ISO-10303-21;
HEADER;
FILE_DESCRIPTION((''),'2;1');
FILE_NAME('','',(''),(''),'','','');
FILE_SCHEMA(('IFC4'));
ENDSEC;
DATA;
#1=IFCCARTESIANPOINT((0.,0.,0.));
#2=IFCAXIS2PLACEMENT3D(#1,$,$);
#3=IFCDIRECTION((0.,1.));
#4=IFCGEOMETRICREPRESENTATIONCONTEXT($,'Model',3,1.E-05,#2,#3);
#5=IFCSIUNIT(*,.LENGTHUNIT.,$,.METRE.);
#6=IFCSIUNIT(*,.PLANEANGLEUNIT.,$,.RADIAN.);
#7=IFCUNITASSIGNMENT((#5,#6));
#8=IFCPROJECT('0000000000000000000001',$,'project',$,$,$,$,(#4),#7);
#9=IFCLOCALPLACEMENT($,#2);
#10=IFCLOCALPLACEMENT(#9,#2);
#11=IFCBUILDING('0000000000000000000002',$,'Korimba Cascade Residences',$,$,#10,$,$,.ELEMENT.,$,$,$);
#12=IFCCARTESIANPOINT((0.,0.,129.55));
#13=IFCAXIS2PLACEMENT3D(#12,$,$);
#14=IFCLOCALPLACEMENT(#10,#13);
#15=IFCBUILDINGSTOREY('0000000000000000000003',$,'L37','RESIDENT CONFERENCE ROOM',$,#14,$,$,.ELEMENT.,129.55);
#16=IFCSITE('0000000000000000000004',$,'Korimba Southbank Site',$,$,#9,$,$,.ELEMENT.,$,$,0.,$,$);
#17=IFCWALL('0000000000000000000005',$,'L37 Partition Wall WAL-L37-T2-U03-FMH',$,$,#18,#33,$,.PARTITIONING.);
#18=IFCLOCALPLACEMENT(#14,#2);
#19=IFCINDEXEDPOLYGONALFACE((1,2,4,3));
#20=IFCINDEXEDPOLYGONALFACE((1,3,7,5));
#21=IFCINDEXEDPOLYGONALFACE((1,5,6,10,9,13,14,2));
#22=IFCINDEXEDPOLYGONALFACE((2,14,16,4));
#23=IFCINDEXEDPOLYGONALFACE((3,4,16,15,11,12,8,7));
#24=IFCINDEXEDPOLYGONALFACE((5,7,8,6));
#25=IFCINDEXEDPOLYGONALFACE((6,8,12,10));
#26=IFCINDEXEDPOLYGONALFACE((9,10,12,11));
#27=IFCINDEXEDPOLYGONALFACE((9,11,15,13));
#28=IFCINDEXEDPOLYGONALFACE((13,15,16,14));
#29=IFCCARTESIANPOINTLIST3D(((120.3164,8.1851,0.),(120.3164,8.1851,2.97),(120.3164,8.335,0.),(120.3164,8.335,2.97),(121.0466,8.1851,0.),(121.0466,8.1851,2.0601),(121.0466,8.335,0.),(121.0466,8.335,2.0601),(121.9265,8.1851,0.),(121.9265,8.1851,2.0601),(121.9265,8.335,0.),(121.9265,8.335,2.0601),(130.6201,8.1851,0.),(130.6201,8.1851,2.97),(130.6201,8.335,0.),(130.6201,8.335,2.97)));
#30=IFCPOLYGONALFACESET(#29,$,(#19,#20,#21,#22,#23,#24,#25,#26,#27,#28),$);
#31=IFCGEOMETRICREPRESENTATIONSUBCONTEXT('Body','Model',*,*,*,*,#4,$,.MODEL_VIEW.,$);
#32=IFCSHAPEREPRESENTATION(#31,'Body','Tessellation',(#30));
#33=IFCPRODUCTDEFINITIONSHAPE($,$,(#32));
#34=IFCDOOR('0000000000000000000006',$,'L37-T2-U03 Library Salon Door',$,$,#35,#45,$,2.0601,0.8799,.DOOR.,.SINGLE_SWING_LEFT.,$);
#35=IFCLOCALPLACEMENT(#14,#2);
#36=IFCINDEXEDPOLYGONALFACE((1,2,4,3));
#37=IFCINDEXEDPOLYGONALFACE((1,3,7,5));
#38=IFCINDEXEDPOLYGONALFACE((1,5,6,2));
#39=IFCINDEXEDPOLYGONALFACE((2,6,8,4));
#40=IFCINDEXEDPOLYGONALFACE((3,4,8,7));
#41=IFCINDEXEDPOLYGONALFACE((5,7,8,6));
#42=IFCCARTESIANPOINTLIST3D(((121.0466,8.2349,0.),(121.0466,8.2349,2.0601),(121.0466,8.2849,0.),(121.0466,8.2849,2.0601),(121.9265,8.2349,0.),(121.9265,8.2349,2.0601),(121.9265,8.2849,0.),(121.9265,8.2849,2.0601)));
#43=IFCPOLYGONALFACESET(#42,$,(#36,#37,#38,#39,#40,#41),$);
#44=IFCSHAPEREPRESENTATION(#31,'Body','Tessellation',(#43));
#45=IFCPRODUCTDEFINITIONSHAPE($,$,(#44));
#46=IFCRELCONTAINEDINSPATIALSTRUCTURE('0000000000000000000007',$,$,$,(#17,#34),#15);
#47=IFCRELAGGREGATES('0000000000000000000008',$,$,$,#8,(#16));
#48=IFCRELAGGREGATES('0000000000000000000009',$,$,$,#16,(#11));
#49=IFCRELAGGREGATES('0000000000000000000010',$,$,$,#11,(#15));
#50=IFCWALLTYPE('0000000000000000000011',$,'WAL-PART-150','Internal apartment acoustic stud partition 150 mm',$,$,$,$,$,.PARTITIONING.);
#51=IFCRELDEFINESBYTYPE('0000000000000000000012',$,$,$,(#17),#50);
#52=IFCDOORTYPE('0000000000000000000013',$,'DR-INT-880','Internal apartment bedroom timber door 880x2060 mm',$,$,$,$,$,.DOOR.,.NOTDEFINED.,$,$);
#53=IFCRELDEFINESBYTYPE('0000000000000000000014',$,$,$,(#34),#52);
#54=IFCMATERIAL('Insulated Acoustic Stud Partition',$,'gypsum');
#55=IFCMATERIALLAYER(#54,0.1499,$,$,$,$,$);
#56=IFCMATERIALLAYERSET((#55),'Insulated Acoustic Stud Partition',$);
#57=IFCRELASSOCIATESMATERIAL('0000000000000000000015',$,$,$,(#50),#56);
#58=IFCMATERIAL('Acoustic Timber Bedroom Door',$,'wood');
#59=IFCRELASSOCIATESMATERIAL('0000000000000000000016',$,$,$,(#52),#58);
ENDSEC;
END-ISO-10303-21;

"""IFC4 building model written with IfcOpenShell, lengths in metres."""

from ifc_helpers import new_model, si_unit, direction, frame, frame_2d, origin, place, context, subcontext, project, spatial, rectangle, extrude, material, layer, layer_set, type_object, element, fill, save


model = new_model("IFC4")

# Units and contexts
model_context = context("Model", 3, precision=1e-05, world=origin(), true_north=direction((0.0, 1.0)))
body_context = subcontext(model_context, "Body", "Model", "MODEL_VIEW")
ifc_project = project(units=[si_unit("LENGTHUNIT", "METRE"), si_unit("PLANEANGLEUNIT", "RADIAN")], contexts=[model_context])

# Site, building, storey
site_placement = place(None, origin())
site = spatial("IfcSite", under=ifc_project, at=site_placement, Name="Korimba Southbank Site", CompositionType="ELEMENT", RefElevation=0.0)
building_placement = place(site_placement, origin())
building = spatial("IfcBuilding", under=site, at=building_placement, Name="Korimba Cascade Residences", CompositionType="ELEMENT")
storey_placement = place(building_placement, frame((0.0, 0.0, 129.55)))
storey = spatial("IfcBuildingStorey", under=building, at=storey_placement, Name="L37", Description="RESIDENT CONFERENCE ROOM", CompositionType="ELEMENT", Elevation=129.55)

# Wall, opening, door
ifc_material_1 = material(Name="Insulated Acoustic Stud Partition", Category="gypsum")
ifc_layer_1 = layer(ifc_material_1, 0.1499)
ifc_layer_set_1 = layer_set([ifc_layer_1], Name="Insulated Acoustic Stud Partition")
wall_type_1 = type_object("IfcWallType", Name="WAL-PART-150", Description="Internal apartment acoustic stud partition 150 mm", PredefinedType="PARTITIONING", material=ifc_layer_set_1)
wall_1_placement = place(storey_placement, frame((120.3164, 8.26, 0.0), z_axis=(0.0, 0.0, 1.0), x_axis=(1.0, 0.0, 0.0)))
wall_1 = element("IfcWall", 1, at=wall_1_placement, inside=storey, type_object=wall_type_1, Name="L37 Partition Wall WAL-L37-T2-U03-FMH", PredefinedType="PARTITIONING", context=body_context, shape_type="SweptSolid", body=[
    extrude(rectangle(XDim=10.3037, YDim=0.1499, at=frame_2d((5.1519, 0.0))), origin(), (0.0, 0.0, 1.0), 2.97),
])
opening_1_placement = place(wall_1_placement, frame((0.7302, 0.0, 0.0)))
opening_1 = element("IfcOpeningElement", 2, at=opening_1_placement, cuts=wall_1, PredefinedType="OPENING", context=body_context, shape_type="SweptSolid", body=[
    extrude(rectangle(XDim=0.8799, YDim=2.0601, at=frame_2d((0.4399, 1.03))), frame((0.0, 0.085, 0.0), z_axis=(0.0, -1.0, 0.0), x_axis=(1.0, 0.0, 0.0)), (0.0, 0.0, 1.0), 0.1699),
])
ifc_material_2 = material(Name="Acoustic Timber Bedroom Door", Category="wood")
door_type_1 = type_object("IfcDoorType", Name="DR-INT-880", Description="Internal apartment bedroom timber door 880x2060 mm", OperationType="NOTDEFINED", PredefinedType="DOOR", material=ifc_material_2)
door_1_placement = place(opening_1_placement, origin())
door_1 = element("IfcDoor", 3, at=door_1_placement, inside=storey, type_object=door_type_1, Name="L37-T2-U03 Library Salon Door", OperationType="SINGLE_SWING_LEFT", OverallHeight=2.0601, OverallWidth=0.8799, PredefinedType="DOOR", context=body_context, shape_type="SweptSolid", body=[
    extrude(rectangle(XDim=0.8799, YDim=2.0601, at=frame_2d((0.4399, 1.03))), frame((0.0, 0.0249, 0.0), z_axis=(0.0, -1.0, 0.0), x_axis=(1.0, 0.0, 0.0)), (0.0, 0.0, 1.0), 0.05),
])
fill(opening_1, door_1)

save(model, "model.ifc")
